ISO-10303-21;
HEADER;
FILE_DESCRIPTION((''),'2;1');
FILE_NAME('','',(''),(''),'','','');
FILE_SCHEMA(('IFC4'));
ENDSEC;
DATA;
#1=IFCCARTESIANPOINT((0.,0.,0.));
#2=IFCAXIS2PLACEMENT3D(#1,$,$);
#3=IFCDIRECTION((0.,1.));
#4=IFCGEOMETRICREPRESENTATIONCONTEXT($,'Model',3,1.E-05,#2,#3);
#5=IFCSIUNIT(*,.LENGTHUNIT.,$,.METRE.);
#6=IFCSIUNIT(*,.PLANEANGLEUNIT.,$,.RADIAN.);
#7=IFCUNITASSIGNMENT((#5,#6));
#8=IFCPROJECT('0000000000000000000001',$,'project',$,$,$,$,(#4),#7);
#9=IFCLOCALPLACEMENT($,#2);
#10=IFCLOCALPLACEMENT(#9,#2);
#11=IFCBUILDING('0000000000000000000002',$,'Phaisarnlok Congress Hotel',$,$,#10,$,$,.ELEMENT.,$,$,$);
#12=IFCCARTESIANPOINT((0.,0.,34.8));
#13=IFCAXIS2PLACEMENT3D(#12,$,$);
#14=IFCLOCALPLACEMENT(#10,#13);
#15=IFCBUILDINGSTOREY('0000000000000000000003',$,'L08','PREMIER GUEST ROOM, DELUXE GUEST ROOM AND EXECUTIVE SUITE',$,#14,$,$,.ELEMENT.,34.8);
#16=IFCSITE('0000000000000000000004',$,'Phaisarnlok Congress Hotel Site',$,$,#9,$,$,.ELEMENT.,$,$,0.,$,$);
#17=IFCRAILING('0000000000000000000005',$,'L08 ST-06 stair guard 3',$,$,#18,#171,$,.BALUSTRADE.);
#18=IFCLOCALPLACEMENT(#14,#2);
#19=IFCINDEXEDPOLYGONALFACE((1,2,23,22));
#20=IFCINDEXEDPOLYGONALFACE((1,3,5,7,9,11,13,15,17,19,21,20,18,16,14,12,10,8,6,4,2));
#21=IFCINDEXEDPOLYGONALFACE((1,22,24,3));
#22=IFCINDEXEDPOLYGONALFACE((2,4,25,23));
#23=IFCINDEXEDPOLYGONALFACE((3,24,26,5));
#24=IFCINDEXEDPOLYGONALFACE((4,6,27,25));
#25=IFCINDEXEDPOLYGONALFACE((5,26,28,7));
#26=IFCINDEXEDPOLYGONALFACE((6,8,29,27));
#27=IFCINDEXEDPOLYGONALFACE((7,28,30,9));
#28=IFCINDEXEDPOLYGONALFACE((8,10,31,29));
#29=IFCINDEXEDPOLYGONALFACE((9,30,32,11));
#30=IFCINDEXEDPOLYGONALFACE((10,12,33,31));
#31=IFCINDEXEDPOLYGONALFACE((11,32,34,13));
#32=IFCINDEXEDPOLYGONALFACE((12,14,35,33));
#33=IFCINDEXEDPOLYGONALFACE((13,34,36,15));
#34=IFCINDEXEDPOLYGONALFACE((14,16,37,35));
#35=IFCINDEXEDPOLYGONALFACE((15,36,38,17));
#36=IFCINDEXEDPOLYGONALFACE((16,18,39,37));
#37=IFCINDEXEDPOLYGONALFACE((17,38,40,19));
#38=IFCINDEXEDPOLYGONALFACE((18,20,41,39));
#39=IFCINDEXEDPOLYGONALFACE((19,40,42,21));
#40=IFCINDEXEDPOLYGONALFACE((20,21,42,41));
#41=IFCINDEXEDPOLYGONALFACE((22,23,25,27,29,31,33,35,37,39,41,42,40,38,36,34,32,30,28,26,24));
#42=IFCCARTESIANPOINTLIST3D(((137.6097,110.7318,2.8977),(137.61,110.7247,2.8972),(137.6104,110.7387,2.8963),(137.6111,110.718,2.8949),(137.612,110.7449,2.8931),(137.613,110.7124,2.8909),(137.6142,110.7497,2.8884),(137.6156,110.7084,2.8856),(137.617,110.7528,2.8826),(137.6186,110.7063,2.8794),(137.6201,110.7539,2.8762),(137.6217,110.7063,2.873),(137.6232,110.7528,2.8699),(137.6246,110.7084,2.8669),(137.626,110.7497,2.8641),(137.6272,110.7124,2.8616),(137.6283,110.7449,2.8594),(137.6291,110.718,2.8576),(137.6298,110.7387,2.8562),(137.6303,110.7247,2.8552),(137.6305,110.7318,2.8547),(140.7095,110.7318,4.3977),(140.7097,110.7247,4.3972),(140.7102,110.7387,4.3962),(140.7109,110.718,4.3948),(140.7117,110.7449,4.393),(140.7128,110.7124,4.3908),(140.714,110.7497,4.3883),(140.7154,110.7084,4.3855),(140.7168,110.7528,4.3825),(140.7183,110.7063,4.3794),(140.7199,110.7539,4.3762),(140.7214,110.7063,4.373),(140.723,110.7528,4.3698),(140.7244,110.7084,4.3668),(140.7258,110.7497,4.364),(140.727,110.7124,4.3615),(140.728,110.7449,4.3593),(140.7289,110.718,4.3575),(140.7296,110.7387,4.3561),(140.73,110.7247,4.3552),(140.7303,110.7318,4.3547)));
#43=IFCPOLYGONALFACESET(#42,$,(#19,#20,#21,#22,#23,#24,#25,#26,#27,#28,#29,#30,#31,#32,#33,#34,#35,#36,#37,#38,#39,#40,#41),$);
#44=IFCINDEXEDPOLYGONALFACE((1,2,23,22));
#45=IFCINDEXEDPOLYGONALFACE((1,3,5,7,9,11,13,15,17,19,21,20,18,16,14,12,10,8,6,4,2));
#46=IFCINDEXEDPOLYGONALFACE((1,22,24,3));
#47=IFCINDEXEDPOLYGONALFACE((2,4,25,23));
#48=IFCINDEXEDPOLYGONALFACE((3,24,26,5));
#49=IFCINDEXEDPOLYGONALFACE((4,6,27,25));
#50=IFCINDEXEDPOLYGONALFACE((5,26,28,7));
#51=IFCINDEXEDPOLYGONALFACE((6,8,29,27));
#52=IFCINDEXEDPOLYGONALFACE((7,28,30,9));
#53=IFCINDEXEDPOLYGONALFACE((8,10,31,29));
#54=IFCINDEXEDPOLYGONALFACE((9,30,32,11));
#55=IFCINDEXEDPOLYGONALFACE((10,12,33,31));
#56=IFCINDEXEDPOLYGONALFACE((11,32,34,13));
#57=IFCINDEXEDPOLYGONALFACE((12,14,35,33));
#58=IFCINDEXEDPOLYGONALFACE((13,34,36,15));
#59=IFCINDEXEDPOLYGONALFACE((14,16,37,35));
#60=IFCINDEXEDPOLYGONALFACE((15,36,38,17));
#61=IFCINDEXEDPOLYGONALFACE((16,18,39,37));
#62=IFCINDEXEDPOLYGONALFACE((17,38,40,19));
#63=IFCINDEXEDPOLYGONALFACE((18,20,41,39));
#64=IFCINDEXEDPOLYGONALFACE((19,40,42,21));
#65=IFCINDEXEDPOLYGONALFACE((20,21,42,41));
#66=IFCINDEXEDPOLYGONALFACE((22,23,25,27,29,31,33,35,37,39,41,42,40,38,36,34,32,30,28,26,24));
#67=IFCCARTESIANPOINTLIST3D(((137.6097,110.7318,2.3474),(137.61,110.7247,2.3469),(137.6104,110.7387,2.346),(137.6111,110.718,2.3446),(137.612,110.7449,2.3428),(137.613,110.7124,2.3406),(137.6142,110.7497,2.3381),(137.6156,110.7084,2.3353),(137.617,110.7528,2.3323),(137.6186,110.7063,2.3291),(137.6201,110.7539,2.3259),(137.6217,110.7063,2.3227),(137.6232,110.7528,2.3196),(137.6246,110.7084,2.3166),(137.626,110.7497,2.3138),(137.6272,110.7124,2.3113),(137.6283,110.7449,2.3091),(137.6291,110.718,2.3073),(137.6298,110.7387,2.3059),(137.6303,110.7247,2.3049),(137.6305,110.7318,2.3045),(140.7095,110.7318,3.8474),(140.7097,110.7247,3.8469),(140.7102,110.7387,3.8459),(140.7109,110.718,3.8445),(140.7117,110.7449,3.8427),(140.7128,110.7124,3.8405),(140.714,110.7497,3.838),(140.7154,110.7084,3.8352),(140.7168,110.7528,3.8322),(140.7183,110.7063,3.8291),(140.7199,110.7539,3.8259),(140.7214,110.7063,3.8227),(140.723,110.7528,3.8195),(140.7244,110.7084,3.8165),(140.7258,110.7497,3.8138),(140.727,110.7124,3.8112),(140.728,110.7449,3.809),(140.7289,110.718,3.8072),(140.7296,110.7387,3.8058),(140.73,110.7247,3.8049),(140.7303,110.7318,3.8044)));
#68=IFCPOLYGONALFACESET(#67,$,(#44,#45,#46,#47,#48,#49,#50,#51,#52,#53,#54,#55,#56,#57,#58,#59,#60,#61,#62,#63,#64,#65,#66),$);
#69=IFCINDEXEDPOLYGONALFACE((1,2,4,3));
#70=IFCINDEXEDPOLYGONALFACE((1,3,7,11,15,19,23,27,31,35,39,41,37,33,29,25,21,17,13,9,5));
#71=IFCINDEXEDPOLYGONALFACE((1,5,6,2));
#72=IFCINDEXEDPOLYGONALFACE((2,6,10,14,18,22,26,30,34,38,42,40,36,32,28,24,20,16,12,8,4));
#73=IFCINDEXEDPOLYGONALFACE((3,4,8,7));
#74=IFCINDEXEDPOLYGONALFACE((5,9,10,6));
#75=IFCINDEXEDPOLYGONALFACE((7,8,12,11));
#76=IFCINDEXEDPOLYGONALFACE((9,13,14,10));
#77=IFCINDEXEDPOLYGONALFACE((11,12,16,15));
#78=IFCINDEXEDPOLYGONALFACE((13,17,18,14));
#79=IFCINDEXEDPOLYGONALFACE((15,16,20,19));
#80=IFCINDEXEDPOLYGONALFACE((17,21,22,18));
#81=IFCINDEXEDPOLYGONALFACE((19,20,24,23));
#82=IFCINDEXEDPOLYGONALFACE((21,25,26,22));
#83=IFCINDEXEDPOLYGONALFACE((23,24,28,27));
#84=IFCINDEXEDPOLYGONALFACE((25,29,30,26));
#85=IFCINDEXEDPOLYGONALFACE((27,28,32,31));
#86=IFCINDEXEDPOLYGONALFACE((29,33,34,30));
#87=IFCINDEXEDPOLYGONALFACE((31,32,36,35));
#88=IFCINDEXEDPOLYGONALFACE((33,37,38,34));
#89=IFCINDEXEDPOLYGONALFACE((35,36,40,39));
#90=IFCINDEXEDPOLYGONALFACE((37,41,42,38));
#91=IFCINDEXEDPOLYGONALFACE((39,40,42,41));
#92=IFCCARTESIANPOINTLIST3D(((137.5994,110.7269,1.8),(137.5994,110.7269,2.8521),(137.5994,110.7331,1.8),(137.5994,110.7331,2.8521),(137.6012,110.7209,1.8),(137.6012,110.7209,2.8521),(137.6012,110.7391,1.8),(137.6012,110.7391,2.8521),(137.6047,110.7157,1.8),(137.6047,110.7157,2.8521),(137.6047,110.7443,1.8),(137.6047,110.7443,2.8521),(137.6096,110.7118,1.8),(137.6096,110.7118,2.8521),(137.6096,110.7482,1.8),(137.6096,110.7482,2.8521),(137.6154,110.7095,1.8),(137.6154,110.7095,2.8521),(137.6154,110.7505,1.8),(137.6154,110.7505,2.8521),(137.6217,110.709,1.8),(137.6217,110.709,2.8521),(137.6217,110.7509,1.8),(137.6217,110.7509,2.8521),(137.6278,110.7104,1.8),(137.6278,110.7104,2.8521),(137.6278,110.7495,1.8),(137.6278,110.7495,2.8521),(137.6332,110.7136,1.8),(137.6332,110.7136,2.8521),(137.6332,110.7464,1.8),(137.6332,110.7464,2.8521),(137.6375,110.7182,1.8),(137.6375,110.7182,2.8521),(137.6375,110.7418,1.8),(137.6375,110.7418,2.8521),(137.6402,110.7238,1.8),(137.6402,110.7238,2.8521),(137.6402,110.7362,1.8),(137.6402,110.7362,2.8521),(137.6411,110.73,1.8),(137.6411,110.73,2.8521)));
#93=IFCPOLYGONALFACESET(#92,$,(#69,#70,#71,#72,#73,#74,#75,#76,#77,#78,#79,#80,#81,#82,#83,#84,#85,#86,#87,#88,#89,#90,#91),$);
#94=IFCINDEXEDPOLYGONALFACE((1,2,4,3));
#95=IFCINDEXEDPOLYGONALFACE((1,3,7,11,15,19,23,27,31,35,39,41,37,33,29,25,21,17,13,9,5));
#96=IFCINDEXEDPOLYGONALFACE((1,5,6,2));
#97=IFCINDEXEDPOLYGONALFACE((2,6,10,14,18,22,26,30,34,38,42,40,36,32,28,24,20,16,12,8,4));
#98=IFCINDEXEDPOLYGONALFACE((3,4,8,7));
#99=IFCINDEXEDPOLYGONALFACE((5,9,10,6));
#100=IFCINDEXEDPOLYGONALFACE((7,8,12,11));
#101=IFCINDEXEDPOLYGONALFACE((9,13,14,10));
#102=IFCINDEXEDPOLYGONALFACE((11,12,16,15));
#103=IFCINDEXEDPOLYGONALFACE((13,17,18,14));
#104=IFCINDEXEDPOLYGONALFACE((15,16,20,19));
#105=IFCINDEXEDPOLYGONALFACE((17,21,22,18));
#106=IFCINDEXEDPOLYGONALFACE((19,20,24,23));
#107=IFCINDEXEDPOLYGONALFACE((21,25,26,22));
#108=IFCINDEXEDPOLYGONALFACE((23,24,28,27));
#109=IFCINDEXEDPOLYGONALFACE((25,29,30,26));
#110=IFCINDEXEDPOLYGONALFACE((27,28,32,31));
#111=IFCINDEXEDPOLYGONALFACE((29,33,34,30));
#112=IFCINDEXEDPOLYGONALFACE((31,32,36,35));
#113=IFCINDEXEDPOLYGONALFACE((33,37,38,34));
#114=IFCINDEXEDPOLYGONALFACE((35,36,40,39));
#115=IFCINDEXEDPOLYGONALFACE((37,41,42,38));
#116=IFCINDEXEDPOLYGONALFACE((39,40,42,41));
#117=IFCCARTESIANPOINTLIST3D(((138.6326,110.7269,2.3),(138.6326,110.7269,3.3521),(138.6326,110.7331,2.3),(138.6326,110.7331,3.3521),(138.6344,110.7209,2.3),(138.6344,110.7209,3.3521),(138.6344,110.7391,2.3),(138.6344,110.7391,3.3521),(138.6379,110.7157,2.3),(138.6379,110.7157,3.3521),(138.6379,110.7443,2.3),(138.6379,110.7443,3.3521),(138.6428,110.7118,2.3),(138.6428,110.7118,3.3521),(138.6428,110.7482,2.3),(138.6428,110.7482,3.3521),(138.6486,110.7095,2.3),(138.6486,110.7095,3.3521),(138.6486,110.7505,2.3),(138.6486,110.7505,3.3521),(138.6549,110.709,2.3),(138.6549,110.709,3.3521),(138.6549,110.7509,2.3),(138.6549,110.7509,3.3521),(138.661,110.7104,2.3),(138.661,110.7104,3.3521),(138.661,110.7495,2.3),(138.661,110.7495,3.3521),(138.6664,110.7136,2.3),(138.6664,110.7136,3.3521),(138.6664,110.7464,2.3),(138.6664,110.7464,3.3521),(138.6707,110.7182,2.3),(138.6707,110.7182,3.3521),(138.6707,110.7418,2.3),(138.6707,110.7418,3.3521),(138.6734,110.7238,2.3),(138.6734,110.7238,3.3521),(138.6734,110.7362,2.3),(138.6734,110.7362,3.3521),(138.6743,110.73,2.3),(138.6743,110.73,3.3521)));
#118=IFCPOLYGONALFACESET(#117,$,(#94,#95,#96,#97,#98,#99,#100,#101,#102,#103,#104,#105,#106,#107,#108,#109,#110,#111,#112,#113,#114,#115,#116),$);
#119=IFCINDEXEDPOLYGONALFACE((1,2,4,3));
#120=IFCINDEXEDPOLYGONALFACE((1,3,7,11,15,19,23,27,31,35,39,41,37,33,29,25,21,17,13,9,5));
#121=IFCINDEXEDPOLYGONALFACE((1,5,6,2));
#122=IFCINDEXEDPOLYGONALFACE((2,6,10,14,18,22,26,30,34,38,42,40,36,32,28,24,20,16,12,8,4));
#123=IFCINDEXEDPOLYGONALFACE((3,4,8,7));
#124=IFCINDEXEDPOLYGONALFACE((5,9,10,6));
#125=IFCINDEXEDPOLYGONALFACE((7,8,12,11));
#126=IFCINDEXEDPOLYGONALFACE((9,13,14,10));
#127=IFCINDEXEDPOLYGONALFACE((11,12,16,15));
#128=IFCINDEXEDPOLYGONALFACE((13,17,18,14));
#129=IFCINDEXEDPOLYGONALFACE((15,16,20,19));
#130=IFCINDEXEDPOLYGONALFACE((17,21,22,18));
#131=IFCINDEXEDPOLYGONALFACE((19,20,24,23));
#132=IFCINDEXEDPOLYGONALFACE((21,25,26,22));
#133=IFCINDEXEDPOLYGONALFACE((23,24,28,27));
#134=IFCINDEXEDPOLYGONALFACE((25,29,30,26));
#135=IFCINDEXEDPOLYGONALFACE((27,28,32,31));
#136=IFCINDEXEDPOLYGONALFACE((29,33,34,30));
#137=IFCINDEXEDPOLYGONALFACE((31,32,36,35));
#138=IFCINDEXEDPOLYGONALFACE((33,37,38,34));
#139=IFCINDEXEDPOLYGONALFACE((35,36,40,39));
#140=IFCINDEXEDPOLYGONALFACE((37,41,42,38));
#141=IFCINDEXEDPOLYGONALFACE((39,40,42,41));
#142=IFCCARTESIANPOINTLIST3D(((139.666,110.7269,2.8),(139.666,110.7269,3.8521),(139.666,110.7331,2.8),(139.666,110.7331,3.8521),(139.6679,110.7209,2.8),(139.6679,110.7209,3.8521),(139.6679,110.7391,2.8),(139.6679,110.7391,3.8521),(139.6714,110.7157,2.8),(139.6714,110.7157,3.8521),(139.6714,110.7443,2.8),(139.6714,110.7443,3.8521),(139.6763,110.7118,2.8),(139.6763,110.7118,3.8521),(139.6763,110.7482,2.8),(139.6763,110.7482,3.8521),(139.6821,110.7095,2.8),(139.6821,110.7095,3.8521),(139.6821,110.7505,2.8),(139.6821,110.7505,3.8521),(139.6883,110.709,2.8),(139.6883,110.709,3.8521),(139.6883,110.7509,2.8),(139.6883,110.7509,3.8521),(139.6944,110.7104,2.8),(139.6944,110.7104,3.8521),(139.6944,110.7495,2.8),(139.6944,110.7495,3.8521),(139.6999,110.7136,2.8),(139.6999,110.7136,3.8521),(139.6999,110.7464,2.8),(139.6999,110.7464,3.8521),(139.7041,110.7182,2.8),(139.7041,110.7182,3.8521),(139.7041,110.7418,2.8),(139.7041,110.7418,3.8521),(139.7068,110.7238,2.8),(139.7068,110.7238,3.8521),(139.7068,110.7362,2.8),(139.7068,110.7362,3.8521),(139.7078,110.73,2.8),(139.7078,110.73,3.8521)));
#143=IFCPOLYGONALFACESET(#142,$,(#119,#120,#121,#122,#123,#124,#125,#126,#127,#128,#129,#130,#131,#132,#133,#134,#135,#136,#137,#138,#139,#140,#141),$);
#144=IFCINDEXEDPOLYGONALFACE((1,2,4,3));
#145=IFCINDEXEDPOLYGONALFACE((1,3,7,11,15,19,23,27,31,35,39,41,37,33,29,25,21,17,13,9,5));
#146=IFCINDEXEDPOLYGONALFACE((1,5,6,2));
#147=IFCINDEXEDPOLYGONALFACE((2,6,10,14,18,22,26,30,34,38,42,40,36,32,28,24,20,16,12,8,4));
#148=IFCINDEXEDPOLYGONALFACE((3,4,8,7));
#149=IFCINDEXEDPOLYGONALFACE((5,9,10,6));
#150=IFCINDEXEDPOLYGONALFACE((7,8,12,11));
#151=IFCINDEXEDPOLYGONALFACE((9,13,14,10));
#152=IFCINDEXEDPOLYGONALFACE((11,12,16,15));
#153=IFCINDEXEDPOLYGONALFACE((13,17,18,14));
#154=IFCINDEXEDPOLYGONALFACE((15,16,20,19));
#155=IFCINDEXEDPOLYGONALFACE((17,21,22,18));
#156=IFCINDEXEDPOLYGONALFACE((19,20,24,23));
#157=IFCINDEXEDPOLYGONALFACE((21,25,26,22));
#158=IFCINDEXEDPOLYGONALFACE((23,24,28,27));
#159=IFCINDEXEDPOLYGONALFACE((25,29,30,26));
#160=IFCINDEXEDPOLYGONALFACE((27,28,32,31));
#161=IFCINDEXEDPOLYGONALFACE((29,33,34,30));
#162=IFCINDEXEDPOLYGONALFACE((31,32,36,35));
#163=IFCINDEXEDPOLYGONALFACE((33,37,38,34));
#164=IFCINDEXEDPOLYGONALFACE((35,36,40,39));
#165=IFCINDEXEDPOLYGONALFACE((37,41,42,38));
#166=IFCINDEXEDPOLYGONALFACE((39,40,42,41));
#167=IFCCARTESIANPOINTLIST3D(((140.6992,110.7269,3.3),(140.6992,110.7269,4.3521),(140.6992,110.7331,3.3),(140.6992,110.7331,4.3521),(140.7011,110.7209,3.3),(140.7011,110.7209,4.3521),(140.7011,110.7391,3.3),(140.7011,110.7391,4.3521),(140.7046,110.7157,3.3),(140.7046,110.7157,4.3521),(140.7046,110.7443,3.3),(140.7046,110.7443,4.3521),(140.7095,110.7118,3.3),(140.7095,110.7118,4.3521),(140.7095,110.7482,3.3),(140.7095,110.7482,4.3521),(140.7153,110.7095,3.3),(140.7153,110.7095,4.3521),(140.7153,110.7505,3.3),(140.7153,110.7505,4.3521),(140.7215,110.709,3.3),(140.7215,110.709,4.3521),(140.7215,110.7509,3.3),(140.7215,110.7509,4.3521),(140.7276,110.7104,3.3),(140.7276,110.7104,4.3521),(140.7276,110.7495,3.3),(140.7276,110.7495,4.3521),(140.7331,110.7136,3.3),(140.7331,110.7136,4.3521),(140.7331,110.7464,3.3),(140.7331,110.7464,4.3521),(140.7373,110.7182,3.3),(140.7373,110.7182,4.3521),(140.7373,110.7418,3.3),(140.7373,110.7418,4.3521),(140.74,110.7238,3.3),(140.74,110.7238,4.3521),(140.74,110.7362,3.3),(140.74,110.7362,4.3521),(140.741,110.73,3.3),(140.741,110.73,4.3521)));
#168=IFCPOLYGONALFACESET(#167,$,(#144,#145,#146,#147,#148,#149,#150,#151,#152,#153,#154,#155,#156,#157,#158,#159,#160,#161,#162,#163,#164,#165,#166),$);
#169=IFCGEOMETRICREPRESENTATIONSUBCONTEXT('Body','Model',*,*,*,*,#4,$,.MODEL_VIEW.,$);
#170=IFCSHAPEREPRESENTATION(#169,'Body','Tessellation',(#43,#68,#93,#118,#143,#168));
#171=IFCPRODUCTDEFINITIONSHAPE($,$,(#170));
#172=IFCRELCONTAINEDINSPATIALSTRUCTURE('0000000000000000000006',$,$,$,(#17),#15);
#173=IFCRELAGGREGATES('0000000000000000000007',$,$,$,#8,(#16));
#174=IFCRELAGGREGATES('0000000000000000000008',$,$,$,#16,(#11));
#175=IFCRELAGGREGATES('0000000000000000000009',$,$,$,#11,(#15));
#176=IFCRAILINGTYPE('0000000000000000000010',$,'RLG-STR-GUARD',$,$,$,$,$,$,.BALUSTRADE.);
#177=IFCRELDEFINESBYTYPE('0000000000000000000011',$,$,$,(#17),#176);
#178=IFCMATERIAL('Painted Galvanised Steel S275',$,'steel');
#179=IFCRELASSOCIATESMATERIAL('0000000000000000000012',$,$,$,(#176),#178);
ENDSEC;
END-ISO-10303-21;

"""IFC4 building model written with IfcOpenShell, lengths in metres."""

from ifc_helpers import new_model, si_unit, direction, frame, origin, origin_2d, place, context, subcontext, project, spatial, circle, extrude, material, type_object, element, save


model = new_model("IFC4")

# Units and contexts
model_context = context("Model", 3, precision=1e-05, world=origin(), true_north=direction((0.0, 1.0)))
body_context = subcontext(model_context, "Body", "Model", "MODEL_VIEW")
ifc_project = project(units=[si_unit("LENGTHUNIT", "METRE"), si_unit("PLANEANGLEUNIT", "RADIAN")], contexts=[model_context])

# Site, building, storey
site_placement = place(None, origin())
site = spatial("IfcSite", under=ifc_project, at=site_placement, Name="Phaisarnlok Congress Hotel Site", CompositionType="ELEMENT", RefElevation=0.0)
building_placement = place(site_placement, origin())
building = spatial("IfcBuilding", under=site, at=building_placement, Name="Phaisarnlok Congress Hotel", CompositionType="ELEMENT")
storey_placement = place(building_placement, frame((0.0, 0.0, 34.8)))
storey = spatial("IfcBuildingStorey", under=building, at=storey_placement, Name="L08", Description="PREMIER GUEST ROOM, DELUXE GUEST ROOM AND EXECUTIVE SUITE", CompositionType="ELEMENT", Elevation=34.8)

# Railing
ifc_material_1 = material(Name="Painted Galvanised Steel S275", Category="steel")
railing_type_1 = type_object("IfcRailingType", Name="RLG-STR-GUARD", PredefinedType="BALUSTRADE", material=ifc_material_1)
railing_1_placement = place(storey_placement, frame((137.6201, 110.73, 1.8)))
element("IfcRailing", 1, at=railing_1_placement, inside=storey, type_object=railing_type_1, Name="L08 ST-06 stair guard 3", PredefinedType="BALUSTRADE", context=body_context, shape_type="SweptSolid", body=[
    extrude(circle(Radius=0.0239, at=origin_2d()), frame((0.0, 0.0, 1.0762), z_axis=(0.900151, 0.0, 0.435578), x_axis=(0.0, 1.0, 0.0)), (0.0, 0.0, 1.0), 3.4436),
    extrude(circle(Radius=0.0239, at=origin_2d()), frame((0.0, 0.0, 0.5259), z_axis=(0.900151, 0.0, 0.435578), x_axis=(0.0, 1.0, 0.0)), (0.0, 0.0, 1.0), 3.4436),
    extrude(circle(Radius=0.021, at=origin_2d()), origin(), (0.0, 0.0, 1.0), 1.052),
    extrude(circle(Radius=0.021, at=origin_2d()), frame((1.0332, 0.0, 0.5)), (0.0, 0.0, 1.0), 1.052),
    extrude(circle(Radius=0.021, at=origin_2d()), frame((2.0667, 0.0, 1.0)), (0.0, 0.0, 1.0), 1.052),
    extrude(circle(Radius=0.021, at=origin_2d()), frame((3.0999, 0.0, 1.5)), (0.0, 0.0, 1.0), 1.052),
])

save(model, "model.ifc")
